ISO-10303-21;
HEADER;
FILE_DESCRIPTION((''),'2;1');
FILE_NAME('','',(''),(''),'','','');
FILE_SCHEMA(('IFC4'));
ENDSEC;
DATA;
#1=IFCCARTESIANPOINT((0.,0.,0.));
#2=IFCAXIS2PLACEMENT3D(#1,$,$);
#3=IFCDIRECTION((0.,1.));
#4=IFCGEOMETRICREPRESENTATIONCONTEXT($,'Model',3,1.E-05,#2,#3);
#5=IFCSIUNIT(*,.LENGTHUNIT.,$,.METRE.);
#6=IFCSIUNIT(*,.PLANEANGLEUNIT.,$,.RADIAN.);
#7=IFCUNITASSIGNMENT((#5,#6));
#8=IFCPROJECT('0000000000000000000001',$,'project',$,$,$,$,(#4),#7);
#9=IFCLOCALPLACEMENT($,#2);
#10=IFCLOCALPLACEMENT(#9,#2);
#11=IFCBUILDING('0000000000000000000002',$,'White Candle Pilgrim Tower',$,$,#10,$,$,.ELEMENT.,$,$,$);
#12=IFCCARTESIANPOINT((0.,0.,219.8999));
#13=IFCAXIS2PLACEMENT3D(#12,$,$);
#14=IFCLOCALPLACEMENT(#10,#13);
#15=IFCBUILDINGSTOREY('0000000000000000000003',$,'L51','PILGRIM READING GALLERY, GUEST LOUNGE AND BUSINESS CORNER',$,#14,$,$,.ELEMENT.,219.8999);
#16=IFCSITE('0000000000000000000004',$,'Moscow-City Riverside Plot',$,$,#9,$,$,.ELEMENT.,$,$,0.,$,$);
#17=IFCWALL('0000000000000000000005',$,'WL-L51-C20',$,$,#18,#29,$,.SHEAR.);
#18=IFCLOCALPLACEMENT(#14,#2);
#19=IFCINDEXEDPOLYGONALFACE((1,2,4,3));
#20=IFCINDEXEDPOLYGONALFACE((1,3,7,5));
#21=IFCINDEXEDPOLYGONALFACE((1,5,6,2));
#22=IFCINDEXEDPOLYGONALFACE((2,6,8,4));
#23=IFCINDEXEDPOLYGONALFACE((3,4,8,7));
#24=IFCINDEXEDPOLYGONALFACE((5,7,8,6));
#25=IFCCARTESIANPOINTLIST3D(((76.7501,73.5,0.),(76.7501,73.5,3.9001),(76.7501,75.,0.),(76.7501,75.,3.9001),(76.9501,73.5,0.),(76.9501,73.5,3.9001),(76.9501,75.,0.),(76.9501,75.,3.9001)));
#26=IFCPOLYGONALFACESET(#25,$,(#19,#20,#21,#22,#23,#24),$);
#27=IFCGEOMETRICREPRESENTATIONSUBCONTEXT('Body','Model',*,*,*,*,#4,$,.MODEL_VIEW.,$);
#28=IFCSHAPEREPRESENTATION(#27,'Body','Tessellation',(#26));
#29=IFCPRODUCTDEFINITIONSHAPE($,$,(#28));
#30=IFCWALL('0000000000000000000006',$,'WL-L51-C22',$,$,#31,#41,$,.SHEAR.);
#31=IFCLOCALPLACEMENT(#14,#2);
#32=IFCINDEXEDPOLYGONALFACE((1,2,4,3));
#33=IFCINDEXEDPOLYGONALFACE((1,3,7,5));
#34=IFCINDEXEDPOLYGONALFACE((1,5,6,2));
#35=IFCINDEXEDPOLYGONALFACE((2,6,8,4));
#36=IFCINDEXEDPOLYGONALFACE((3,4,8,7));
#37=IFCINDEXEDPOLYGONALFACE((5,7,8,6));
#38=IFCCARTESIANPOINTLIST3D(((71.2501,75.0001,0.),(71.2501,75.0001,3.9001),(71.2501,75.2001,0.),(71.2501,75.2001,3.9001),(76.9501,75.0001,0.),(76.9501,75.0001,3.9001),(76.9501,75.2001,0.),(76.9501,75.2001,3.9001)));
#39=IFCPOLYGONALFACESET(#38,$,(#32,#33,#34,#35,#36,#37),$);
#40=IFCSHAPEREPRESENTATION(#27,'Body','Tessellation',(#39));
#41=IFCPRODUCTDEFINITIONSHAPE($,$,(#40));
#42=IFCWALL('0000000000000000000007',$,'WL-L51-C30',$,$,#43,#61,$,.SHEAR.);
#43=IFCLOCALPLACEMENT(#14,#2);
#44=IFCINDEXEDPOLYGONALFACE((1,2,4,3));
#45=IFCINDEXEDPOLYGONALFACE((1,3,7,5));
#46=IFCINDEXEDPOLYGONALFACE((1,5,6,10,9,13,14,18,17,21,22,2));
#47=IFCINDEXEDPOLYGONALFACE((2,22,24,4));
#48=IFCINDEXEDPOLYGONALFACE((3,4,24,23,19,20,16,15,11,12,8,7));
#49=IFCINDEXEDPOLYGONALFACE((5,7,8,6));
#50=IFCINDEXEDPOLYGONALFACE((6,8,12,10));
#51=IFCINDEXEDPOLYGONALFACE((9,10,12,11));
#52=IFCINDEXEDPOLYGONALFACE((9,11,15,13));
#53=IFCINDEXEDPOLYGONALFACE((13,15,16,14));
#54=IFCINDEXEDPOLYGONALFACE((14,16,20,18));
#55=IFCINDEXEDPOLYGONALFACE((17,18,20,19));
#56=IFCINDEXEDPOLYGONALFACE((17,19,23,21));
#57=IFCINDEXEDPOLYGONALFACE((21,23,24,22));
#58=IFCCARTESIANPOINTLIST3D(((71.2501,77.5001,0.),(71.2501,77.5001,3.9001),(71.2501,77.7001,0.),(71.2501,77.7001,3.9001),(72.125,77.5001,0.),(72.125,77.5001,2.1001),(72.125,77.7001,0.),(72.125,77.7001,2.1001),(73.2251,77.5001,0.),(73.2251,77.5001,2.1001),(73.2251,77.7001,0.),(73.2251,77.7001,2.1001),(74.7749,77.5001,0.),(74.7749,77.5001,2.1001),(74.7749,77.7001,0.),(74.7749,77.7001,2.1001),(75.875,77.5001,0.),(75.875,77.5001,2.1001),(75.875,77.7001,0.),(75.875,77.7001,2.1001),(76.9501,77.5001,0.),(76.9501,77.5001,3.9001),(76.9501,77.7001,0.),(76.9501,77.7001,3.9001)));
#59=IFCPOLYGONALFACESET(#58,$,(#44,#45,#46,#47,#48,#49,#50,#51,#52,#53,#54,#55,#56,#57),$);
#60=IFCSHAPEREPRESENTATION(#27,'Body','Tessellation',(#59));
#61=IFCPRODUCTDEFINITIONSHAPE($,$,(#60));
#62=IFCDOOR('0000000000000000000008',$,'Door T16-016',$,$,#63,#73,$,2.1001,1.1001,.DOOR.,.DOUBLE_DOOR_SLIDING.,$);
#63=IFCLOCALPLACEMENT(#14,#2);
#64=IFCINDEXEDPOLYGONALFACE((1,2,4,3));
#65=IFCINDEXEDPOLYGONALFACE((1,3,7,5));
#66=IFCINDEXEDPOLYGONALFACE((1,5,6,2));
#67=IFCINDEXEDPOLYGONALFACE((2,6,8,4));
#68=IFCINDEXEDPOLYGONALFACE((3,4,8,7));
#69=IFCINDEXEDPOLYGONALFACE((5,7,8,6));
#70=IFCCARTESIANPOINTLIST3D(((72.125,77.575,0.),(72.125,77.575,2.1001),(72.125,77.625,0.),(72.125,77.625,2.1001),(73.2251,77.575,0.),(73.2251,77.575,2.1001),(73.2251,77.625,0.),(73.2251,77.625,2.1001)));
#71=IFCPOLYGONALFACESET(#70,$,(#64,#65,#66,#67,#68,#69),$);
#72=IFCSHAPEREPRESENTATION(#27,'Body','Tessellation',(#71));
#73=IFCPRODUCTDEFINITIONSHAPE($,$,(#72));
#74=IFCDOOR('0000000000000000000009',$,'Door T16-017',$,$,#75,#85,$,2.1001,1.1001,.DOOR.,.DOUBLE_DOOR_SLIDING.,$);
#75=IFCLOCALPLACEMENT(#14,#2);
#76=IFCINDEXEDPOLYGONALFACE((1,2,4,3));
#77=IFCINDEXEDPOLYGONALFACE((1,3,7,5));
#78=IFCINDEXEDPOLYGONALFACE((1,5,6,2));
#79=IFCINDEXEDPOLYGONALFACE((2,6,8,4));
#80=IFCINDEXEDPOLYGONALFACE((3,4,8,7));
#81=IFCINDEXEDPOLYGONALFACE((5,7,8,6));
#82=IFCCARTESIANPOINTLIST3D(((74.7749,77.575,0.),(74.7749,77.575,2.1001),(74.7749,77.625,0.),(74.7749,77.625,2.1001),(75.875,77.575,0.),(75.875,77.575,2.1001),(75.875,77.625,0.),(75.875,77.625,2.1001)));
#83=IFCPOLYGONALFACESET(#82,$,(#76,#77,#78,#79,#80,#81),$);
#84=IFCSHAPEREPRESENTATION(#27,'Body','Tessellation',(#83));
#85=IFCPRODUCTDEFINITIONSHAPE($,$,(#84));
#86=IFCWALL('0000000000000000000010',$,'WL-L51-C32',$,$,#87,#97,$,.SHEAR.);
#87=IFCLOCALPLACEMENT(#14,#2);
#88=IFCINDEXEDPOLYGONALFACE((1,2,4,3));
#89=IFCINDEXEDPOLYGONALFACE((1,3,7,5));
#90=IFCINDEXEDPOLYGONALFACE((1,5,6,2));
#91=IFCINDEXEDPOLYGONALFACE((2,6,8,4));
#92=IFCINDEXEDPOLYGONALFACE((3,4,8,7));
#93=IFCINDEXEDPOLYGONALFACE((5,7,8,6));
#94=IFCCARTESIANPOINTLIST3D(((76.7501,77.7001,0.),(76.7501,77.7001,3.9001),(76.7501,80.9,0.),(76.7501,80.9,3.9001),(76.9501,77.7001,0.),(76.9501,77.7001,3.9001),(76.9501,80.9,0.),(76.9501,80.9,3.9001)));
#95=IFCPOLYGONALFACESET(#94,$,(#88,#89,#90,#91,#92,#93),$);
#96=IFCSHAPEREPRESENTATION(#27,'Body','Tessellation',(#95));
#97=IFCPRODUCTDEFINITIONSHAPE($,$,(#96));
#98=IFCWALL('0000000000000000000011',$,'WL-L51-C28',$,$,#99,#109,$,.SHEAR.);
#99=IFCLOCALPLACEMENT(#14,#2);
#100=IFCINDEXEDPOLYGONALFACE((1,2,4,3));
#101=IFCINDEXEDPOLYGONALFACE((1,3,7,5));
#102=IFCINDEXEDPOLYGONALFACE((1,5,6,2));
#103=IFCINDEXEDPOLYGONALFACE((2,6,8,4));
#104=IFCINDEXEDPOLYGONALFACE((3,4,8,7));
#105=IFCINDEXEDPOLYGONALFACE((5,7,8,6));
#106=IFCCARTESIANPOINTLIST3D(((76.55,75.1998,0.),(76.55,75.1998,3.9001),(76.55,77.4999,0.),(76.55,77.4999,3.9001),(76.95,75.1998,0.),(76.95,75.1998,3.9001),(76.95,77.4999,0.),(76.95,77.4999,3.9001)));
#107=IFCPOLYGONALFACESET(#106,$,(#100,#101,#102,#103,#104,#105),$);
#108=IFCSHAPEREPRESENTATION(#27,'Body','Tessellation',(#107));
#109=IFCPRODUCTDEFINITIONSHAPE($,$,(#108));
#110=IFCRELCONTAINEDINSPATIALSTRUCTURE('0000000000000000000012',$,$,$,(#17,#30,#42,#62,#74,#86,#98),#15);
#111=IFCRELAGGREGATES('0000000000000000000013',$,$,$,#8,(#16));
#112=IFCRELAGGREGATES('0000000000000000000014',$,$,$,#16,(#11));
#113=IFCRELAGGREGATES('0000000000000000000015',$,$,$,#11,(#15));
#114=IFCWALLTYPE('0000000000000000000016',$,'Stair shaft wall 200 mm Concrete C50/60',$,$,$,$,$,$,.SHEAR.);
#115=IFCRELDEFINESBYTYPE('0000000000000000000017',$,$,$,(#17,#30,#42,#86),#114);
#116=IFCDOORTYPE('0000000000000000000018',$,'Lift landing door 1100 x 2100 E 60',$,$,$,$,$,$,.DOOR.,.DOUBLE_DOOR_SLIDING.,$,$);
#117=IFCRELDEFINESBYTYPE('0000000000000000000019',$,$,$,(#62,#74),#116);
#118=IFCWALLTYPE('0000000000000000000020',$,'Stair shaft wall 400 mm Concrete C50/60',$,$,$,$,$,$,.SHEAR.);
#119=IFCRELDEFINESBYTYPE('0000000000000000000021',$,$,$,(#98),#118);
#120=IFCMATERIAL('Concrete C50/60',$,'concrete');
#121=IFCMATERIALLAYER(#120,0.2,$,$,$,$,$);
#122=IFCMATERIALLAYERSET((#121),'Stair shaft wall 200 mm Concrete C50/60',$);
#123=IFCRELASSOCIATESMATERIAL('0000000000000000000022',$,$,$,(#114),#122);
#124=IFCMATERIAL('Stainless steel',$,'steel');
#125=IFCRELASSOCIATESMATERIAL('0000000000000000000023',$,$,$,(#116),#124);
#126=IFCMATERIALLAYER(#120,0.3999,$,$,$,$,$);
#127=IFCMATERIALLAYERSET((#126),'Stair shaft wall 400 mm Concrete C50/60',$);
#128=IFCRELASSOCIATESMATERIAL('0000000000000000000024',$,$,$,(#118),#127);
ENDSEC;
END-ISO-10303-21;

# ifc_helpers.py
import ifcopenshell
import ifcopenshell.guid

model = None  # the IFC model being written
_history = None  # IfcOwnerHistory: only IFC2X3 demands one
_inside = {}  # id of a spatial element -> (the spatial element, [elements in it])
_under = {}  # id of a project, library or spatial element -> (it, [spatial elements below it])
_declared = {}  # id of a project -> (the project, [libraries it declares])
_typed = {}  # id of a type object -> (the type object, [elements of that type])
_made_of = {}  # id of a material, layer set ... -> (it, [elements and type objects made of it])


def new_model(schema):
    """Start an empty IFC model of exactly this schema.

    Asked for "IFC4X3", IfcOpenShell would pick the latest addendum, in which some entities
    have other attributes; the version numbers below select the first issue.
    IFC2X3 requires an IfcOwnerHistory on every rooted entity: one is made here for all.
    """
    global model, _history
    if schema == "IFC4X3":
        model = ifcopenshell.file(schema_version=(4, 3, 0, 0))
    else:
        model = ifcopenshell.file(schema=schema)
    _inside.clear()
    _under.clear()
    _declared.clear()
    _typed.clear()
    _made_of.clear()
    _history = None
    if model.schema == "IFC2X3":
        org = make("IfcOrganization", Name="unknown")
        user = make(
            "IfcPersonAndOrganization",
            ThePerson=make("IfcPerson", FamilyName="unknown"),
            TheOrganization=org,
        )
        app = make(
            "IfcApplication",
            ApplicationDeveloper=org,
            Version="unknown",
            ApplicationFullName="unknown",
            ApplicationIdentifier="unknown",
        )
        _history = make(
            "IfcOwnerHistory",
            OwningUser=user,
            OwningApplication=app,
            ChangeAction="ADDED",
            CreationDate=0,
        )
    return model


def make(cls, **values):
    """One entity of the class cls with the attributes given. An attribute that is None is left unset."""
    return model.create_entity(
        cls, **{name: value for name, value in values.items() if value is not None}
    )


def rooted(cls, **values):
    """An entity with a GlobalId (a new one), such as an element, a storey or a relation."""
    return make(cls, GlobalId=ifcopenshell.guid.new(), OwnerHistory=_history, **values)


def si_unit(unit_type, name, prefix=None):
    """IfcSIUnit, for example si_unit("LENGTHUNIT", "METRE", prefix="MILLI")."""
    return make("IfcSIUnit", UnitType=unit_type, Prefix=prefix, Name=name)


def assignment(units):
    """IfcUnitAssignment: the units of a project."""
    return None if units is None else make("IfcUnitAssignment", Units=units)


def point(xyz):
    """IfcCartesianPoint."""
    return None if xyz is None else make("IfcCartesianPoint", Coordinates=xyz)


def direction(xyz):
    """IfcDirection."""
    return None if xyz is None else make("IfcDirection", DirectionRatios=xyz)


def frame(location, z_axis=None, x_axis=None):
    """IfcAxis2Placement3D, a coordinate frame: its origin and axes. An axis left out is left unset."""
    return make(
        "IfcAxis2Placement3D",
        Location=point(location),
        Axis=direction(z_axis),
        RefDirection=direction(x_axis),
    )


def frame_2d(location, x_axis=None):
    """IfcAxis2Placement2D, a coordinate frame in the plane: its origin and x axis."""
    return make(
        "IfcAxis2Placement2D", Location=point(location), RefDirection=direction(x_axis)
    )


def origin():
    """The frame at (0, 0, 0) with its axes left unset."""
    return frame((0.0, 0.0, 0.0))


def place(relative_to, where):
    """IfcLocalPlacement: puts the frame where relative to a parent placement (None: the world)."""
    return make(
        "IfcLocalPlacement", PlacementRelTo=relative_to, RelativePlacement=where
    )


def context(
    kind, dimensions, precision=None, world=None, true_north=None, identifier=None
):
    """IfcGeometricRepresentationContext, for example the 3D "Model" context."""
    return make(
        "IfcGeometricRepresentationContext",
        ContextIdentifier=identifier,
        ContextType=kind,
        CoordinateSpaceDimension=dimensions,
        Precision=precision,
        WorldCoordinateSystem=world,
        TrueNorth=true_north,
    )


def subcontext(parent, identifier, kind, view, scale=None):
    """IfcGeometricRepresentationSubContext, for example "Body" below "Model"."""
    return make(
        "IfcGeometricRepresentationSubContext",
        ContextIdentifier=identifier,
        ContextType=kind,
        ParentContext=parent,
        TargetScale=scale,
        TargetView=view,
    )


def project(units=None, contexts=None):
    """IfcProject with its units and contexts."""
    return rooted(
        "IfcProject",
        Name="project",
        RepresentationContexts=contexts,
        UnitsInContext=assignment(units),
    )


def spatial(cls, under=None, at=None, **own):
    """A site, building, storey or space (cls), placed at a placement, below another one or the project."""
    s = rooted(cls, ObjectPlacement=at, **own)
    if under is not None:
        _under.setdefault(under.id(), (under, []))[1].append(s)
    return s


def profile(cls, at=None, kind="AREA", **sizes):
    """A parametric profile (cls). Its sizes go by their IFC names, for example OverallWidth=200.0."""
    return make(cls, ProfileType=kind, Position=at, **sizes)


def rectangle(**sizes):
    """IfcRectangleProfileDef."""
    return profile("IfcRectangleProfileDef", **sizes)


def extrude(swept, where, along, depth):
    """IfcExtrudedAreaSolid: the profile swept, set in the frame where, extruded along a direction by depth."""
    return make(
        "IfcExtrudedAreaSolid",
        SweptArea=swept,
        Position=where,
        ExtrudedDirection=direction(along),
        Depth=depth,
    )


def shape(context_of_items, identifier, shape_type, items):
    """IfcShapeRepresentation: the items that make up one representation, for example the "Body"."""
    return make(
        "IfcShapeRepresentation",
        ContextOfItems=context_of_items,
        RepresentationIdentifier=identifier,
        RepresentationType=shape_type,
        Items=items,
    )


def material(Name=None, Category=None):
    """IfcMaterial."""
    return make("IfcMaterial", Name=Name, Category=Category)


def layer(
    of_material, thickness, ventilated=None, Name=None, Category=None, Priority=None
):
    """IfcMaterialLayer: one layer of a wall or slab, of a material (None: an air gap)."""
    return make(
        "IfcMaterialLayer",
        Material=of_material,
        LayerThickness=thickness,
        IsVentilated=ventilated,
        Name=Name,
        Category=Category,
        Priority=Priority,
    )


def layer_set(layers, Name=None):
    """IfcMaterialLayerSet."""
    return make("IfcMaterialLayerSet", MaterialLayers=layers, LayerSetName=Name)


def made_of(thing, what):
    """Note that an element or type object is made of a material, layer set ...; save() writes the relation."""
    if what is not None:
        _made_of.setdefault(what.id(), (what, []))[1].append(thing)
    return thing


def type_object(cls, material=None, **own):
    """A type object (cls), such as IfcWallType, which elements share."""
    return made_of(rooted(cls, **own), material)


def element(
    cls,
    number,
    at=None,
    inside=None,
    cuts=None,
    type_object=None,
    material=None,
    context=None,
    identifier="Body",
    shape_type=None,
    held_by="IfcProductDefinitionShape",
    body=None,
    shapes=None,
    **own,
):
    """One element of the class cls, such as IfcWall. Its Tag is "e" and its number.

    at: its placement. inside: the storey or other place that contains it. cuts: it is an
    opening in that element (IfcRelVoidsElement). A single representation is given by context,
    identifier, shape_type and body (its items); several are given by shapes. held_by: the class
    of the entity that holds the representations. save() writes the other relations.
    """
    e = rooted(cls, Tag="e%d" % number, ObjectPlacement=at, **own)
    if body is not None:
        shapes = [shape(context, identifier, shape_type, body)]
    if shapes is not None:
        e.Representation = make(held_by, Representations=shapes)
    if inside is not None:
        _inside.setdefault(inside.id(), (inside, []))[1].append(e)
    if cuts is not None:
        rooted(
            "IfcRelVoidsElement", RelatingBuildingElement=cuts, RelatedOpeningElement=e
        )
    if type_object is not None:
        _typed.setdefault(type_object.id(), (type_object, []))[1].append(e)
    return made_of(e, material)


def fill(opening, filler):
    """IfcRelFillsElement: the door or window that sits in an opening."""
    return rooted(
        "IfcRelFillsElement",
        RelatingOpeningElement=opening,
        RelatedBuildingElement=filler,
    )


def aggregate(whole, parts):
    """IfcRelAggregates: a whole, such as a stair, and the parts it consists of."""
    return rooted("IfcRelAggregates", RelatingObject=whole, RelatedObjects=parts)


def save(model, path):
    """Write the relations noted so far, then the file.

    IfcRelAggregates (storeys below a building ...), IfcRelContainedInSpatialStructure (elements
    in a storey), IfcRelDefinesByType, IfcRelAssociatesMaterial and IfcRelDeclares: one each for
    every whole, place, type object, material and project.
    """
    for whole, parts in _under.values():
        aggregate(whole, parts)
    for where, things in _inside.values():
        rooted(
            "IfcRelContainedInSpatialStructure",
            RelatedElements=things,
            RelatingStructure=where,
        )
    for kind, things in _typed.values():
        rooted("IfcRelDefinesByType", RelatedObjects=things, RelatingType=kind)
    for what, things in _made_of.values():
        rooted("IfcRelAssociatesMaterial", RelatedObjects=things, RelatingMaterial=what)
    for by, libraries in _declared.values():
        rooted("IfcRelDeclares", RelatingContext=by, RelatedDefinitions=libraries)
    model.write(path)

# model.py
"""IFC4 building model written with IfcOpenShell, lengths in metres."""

from ifc_helpers import new_model, si_unit, direction, frame, frame_2d, origin, place, context, subcontext, project, spatial, rectangle, extrude, material, layer, layer_set, type_object, element, fill, save


model = new_model("IFC4")

# Units and contexts
model_context = context("Model", 3, precision=1e-05, world=origin(), true_north=direction((0.0, 1.0)))
body_context = subcontext(model_context, "Body", "Model", "MODEL_VIEW")
ifc_project = project(units=[si_unit("LENGTHUNIT", "METRE"), si_unit("PLANEANGLEUNIT", "RADIAN")], contexts=[model_context])

# Site, building, storey
site_placement = place(None, origin())
site = spatial("IfcSite", under=ifc_project, at=site_placement, Name="Moscow-City Riverside Plot", CompositionType="ELEMENT", RefElevation=0.0)
building_placement = place(site_placement, origin())
building = spatial("IfcBuilding", under=site, at=building_placement, Name="White Candle Pilgrim Tower", CompositionType="ELEMENT")
storey_placement = place(building_placement, frame((0.0, 0.0, 219.8999)))
storey = spatial("IfcBuildingStorey", under=building, at=storey_placement, Name="L51", Description="PILGRIM READING GALLERY, GUEST LOUNGE AND BUSINESS CORNER", CompositionType="ELEMENT", Elevation=219.8999)

# Walls
ifc_material_1 = material(Name="Concrete C50/60", Category="concrete")
ifc_layer_1 = layer(ifc_material_1, 0.2)
ifc_layer_set_1 = layer_set([ifc_layer_1], Name="Stair shaft wall 200 mm Concrete C50/60")
wall_type_1 = type_object("IfcWallType", Name="Stair shaft wall 200 mm Concrete C50/60", PredefinedType="SHEAR", material=ifc_layer_set_1)
wall_1_placement = place(storey_placement, frame((76.8501, 73.5, 0.0), z_axis=(0.0, 0.0, 1.0), x_axis=(0.0, 1.0, 0.0)))
element("IfcWall", 1, at=wall_1_placement, inside=storey, type_object=wall_type_1, Name="WL-L51-C20", PredefinedType="SHEAR", context=body_context, shape_type="SweptSolid", body=[
    extrude(rectangle(XDim=1.5, YDim=0.2, at=frame_2d((0.75, 0.0))), origin(), (0.0, 0.0, 1.0), 3.9001),
])
wall_2_placement = place(storey_placement, frame((71.25, 75.1001, 0.0), z_axis=(0.0, 0.0, 1.0), x_axis=(1.0, 0.0, 0.0)))
element("IfcWall", 2, at=wall_2_placement, inside=storey, type_object=wall_type_1, Name="WL-L51-C22", PredefinedType="SHEAR", context=body_context, shape_type="SweptSolid", body=[
    extrude(rectangle(XDim=5.7, YDim=0.2, at=frame_2d((2.8501, 0.0))), origin(), (0.0, 0.0, 1.0), 3.9001),
])

# Wall, openings, doors
wall_3_placement = place(storey_placement, frame((71.25, 77.6001, 0.0), z_axis=(0.0, 0.0, 1.0), x_axis=(1.0, 0.0, 0.0)))
wall_3 = element("IfcWall", 3, at=wall_3_placement, inside=storey, type_object=wall_type_1, Name="WL-L51-C30", PredefinedType="SHEAR", context=body_context, shape_type="SweptSolid", body=[
    extrude(rectangle(XDim=5.7, YDim=0.2, at=frame_2d((2.8501, 0.0))), origin(), (0.0, 0.0, 1.0), 3.9001),
])
opening_1_placement = place(wall_3_placement, frame((0.875, 0.0, 0.0)))
opening_1 = element("IfcOpeningElement", 4, at=opening_1_placement, cuts=wall_3, PredefinedType="OPENING", context=body_context, shape_type="SweptSolid", body=[
    extrude(rectangle(XDim=1.1001, YDim=2.1001, at=frame_2d((0.55, 1.05))), frame((0.0, 0.1099, 0.0), z_axis=(0.0, -1.0, 0.0), x_axis=(1.0, 0.0, 0.0)), (0.0, 0.0, 1.0), 0.22),
])
opening_2_placement = place(wall_3_placement, frame((3.5249, 0.0, 0.0)))
opening_2 = element("IfcOpeningElement", 5, at=opening_2_placement, cuts=wall_3, PredefinedType="OPENING", context=body_context, shape_type="SweptSolid", body=[
    extrude(rectangle(XDim=1.1001, YDim=2.1001, at=frame_2d((0.55, 1.05))), frame((0.0, 0.1099, 0.0), z_axis=(0.0, -1.0, 0.0), x_axis=(1.0, 0.0, 0.0)), (0.0, 0.0, 1.0), 0.22),
])
ifc_material_2 = material(Name="Stainless steel", Category="steel")
door_type_1 = type_object("IfcDoorType", Name="Lift landing door 1100 x 2100 E 60", OperationType="DOUBLE_DOOR_SLIDING", PredefinedType="DOOR", material=ifc_material_2)
door_1_placement = place(opening_1_placement, origin())
door_1 = element("IfcDoor", 6, at=door_1_placement, inside=storey, type_object=door_type_1, Name="Door T16-016", OperationType="DOUBLE_DOOR_SLIDING", OverallHeight=2.1001, OverallWidth=1.1001, PredefinedType="DOOR", context=body_context, shape_type="SweptSolid", body=[
    extrude(rectangle(XDim=1.1001, YDim=2.1001, at=frame_2d((0.55, 1.05))), frame((0.0, 0.0249, 0.0), z_axis=(0.0, -1.0, 0.0), x_axis=(1.0, 0.0, 0.0)), (0.0, 0.0, 1.0), 0.05),
])
fill(opening_1, door_1)
door_2_placement = place(opening_2_placement, origin())
door_2 = element("IfcDoor", 7, at=door_2_placement, inside=storey, type_object=door_type_1, Name="Door T16-017", OperationType="DOUBLE_DOOR_SLIDING", OverallHeight=2.1001, OverallWidth=1.1001, PredefinedType="DOOR", context=body_context, shape_type="SweptSolid", body=[
    extrude(rectangle(XDim=1.1001, YDim=2.1001, at=frame_2d((0.55, 1.05))), frame((0.0, 0.0249, 0.0), z_axis=(0.0, -1.0, 0.0), x_axis=(1.0, 0.0, 0.0)), (0.0, 0.0, 1.0), 0.05),
])
fill(opening_2, door_2)

# Walls
wall_4_placement = place(storey_placement, frame((76.8501, 77.7, 0.0), z_axis=(0.0, 0.0, 1.0), x_axis=(0.0, 1.0, 0.0)))
element("IfcWall", 8, at=wall_4_placement, inside=storey, type_object=wall_type_1, Name="WL-L51-C32", PredefinedType="SHEAR", context=body_context, shape_type="SweptSolid", body=[
    extrude(rectangle(XDim=3.2, YDim=0.2, at=frame_2d((1.6001, 0.0))), origin(), (0.0, 0.0, 1.0), 3.9001),
])
ifc_layer_2 = layer(ifc_material_1, 0.3999)
ifc_layer_set_2 = layer_set([ifc_layer_2], Name="Stair shaft wall 400 mm Concrete C50/60")
wall_type_2 = type_object("IfcWallType", Name="Stair shaft wall 400 mm Concrete C50/60", PredefinedType="SHEAR", material=ifc_layer_set_2)
wall_5_placement = place(storey_placement, frame((76.75, 75.2, 0.0), z_axis=(0.0, 0.0, 1.0), x_axis=(0.0, 1.0, 0.0)))
element("IfcWall", 9, at=wall_5_placement, inside=storey, type_object=wall_type_2, Name="WL-L51-C28", PredefinedType="SHEAR", context=body_context, shape_type="SweptSolid", body=[
    extrude(rectangle(XDim=2.3, YDim=0.3999, at=frame_2d((1.1499, 0.0))), origin(), (0.0, 0.0, 1.0), 3.9001),
])

save(model, "model.ifc")
